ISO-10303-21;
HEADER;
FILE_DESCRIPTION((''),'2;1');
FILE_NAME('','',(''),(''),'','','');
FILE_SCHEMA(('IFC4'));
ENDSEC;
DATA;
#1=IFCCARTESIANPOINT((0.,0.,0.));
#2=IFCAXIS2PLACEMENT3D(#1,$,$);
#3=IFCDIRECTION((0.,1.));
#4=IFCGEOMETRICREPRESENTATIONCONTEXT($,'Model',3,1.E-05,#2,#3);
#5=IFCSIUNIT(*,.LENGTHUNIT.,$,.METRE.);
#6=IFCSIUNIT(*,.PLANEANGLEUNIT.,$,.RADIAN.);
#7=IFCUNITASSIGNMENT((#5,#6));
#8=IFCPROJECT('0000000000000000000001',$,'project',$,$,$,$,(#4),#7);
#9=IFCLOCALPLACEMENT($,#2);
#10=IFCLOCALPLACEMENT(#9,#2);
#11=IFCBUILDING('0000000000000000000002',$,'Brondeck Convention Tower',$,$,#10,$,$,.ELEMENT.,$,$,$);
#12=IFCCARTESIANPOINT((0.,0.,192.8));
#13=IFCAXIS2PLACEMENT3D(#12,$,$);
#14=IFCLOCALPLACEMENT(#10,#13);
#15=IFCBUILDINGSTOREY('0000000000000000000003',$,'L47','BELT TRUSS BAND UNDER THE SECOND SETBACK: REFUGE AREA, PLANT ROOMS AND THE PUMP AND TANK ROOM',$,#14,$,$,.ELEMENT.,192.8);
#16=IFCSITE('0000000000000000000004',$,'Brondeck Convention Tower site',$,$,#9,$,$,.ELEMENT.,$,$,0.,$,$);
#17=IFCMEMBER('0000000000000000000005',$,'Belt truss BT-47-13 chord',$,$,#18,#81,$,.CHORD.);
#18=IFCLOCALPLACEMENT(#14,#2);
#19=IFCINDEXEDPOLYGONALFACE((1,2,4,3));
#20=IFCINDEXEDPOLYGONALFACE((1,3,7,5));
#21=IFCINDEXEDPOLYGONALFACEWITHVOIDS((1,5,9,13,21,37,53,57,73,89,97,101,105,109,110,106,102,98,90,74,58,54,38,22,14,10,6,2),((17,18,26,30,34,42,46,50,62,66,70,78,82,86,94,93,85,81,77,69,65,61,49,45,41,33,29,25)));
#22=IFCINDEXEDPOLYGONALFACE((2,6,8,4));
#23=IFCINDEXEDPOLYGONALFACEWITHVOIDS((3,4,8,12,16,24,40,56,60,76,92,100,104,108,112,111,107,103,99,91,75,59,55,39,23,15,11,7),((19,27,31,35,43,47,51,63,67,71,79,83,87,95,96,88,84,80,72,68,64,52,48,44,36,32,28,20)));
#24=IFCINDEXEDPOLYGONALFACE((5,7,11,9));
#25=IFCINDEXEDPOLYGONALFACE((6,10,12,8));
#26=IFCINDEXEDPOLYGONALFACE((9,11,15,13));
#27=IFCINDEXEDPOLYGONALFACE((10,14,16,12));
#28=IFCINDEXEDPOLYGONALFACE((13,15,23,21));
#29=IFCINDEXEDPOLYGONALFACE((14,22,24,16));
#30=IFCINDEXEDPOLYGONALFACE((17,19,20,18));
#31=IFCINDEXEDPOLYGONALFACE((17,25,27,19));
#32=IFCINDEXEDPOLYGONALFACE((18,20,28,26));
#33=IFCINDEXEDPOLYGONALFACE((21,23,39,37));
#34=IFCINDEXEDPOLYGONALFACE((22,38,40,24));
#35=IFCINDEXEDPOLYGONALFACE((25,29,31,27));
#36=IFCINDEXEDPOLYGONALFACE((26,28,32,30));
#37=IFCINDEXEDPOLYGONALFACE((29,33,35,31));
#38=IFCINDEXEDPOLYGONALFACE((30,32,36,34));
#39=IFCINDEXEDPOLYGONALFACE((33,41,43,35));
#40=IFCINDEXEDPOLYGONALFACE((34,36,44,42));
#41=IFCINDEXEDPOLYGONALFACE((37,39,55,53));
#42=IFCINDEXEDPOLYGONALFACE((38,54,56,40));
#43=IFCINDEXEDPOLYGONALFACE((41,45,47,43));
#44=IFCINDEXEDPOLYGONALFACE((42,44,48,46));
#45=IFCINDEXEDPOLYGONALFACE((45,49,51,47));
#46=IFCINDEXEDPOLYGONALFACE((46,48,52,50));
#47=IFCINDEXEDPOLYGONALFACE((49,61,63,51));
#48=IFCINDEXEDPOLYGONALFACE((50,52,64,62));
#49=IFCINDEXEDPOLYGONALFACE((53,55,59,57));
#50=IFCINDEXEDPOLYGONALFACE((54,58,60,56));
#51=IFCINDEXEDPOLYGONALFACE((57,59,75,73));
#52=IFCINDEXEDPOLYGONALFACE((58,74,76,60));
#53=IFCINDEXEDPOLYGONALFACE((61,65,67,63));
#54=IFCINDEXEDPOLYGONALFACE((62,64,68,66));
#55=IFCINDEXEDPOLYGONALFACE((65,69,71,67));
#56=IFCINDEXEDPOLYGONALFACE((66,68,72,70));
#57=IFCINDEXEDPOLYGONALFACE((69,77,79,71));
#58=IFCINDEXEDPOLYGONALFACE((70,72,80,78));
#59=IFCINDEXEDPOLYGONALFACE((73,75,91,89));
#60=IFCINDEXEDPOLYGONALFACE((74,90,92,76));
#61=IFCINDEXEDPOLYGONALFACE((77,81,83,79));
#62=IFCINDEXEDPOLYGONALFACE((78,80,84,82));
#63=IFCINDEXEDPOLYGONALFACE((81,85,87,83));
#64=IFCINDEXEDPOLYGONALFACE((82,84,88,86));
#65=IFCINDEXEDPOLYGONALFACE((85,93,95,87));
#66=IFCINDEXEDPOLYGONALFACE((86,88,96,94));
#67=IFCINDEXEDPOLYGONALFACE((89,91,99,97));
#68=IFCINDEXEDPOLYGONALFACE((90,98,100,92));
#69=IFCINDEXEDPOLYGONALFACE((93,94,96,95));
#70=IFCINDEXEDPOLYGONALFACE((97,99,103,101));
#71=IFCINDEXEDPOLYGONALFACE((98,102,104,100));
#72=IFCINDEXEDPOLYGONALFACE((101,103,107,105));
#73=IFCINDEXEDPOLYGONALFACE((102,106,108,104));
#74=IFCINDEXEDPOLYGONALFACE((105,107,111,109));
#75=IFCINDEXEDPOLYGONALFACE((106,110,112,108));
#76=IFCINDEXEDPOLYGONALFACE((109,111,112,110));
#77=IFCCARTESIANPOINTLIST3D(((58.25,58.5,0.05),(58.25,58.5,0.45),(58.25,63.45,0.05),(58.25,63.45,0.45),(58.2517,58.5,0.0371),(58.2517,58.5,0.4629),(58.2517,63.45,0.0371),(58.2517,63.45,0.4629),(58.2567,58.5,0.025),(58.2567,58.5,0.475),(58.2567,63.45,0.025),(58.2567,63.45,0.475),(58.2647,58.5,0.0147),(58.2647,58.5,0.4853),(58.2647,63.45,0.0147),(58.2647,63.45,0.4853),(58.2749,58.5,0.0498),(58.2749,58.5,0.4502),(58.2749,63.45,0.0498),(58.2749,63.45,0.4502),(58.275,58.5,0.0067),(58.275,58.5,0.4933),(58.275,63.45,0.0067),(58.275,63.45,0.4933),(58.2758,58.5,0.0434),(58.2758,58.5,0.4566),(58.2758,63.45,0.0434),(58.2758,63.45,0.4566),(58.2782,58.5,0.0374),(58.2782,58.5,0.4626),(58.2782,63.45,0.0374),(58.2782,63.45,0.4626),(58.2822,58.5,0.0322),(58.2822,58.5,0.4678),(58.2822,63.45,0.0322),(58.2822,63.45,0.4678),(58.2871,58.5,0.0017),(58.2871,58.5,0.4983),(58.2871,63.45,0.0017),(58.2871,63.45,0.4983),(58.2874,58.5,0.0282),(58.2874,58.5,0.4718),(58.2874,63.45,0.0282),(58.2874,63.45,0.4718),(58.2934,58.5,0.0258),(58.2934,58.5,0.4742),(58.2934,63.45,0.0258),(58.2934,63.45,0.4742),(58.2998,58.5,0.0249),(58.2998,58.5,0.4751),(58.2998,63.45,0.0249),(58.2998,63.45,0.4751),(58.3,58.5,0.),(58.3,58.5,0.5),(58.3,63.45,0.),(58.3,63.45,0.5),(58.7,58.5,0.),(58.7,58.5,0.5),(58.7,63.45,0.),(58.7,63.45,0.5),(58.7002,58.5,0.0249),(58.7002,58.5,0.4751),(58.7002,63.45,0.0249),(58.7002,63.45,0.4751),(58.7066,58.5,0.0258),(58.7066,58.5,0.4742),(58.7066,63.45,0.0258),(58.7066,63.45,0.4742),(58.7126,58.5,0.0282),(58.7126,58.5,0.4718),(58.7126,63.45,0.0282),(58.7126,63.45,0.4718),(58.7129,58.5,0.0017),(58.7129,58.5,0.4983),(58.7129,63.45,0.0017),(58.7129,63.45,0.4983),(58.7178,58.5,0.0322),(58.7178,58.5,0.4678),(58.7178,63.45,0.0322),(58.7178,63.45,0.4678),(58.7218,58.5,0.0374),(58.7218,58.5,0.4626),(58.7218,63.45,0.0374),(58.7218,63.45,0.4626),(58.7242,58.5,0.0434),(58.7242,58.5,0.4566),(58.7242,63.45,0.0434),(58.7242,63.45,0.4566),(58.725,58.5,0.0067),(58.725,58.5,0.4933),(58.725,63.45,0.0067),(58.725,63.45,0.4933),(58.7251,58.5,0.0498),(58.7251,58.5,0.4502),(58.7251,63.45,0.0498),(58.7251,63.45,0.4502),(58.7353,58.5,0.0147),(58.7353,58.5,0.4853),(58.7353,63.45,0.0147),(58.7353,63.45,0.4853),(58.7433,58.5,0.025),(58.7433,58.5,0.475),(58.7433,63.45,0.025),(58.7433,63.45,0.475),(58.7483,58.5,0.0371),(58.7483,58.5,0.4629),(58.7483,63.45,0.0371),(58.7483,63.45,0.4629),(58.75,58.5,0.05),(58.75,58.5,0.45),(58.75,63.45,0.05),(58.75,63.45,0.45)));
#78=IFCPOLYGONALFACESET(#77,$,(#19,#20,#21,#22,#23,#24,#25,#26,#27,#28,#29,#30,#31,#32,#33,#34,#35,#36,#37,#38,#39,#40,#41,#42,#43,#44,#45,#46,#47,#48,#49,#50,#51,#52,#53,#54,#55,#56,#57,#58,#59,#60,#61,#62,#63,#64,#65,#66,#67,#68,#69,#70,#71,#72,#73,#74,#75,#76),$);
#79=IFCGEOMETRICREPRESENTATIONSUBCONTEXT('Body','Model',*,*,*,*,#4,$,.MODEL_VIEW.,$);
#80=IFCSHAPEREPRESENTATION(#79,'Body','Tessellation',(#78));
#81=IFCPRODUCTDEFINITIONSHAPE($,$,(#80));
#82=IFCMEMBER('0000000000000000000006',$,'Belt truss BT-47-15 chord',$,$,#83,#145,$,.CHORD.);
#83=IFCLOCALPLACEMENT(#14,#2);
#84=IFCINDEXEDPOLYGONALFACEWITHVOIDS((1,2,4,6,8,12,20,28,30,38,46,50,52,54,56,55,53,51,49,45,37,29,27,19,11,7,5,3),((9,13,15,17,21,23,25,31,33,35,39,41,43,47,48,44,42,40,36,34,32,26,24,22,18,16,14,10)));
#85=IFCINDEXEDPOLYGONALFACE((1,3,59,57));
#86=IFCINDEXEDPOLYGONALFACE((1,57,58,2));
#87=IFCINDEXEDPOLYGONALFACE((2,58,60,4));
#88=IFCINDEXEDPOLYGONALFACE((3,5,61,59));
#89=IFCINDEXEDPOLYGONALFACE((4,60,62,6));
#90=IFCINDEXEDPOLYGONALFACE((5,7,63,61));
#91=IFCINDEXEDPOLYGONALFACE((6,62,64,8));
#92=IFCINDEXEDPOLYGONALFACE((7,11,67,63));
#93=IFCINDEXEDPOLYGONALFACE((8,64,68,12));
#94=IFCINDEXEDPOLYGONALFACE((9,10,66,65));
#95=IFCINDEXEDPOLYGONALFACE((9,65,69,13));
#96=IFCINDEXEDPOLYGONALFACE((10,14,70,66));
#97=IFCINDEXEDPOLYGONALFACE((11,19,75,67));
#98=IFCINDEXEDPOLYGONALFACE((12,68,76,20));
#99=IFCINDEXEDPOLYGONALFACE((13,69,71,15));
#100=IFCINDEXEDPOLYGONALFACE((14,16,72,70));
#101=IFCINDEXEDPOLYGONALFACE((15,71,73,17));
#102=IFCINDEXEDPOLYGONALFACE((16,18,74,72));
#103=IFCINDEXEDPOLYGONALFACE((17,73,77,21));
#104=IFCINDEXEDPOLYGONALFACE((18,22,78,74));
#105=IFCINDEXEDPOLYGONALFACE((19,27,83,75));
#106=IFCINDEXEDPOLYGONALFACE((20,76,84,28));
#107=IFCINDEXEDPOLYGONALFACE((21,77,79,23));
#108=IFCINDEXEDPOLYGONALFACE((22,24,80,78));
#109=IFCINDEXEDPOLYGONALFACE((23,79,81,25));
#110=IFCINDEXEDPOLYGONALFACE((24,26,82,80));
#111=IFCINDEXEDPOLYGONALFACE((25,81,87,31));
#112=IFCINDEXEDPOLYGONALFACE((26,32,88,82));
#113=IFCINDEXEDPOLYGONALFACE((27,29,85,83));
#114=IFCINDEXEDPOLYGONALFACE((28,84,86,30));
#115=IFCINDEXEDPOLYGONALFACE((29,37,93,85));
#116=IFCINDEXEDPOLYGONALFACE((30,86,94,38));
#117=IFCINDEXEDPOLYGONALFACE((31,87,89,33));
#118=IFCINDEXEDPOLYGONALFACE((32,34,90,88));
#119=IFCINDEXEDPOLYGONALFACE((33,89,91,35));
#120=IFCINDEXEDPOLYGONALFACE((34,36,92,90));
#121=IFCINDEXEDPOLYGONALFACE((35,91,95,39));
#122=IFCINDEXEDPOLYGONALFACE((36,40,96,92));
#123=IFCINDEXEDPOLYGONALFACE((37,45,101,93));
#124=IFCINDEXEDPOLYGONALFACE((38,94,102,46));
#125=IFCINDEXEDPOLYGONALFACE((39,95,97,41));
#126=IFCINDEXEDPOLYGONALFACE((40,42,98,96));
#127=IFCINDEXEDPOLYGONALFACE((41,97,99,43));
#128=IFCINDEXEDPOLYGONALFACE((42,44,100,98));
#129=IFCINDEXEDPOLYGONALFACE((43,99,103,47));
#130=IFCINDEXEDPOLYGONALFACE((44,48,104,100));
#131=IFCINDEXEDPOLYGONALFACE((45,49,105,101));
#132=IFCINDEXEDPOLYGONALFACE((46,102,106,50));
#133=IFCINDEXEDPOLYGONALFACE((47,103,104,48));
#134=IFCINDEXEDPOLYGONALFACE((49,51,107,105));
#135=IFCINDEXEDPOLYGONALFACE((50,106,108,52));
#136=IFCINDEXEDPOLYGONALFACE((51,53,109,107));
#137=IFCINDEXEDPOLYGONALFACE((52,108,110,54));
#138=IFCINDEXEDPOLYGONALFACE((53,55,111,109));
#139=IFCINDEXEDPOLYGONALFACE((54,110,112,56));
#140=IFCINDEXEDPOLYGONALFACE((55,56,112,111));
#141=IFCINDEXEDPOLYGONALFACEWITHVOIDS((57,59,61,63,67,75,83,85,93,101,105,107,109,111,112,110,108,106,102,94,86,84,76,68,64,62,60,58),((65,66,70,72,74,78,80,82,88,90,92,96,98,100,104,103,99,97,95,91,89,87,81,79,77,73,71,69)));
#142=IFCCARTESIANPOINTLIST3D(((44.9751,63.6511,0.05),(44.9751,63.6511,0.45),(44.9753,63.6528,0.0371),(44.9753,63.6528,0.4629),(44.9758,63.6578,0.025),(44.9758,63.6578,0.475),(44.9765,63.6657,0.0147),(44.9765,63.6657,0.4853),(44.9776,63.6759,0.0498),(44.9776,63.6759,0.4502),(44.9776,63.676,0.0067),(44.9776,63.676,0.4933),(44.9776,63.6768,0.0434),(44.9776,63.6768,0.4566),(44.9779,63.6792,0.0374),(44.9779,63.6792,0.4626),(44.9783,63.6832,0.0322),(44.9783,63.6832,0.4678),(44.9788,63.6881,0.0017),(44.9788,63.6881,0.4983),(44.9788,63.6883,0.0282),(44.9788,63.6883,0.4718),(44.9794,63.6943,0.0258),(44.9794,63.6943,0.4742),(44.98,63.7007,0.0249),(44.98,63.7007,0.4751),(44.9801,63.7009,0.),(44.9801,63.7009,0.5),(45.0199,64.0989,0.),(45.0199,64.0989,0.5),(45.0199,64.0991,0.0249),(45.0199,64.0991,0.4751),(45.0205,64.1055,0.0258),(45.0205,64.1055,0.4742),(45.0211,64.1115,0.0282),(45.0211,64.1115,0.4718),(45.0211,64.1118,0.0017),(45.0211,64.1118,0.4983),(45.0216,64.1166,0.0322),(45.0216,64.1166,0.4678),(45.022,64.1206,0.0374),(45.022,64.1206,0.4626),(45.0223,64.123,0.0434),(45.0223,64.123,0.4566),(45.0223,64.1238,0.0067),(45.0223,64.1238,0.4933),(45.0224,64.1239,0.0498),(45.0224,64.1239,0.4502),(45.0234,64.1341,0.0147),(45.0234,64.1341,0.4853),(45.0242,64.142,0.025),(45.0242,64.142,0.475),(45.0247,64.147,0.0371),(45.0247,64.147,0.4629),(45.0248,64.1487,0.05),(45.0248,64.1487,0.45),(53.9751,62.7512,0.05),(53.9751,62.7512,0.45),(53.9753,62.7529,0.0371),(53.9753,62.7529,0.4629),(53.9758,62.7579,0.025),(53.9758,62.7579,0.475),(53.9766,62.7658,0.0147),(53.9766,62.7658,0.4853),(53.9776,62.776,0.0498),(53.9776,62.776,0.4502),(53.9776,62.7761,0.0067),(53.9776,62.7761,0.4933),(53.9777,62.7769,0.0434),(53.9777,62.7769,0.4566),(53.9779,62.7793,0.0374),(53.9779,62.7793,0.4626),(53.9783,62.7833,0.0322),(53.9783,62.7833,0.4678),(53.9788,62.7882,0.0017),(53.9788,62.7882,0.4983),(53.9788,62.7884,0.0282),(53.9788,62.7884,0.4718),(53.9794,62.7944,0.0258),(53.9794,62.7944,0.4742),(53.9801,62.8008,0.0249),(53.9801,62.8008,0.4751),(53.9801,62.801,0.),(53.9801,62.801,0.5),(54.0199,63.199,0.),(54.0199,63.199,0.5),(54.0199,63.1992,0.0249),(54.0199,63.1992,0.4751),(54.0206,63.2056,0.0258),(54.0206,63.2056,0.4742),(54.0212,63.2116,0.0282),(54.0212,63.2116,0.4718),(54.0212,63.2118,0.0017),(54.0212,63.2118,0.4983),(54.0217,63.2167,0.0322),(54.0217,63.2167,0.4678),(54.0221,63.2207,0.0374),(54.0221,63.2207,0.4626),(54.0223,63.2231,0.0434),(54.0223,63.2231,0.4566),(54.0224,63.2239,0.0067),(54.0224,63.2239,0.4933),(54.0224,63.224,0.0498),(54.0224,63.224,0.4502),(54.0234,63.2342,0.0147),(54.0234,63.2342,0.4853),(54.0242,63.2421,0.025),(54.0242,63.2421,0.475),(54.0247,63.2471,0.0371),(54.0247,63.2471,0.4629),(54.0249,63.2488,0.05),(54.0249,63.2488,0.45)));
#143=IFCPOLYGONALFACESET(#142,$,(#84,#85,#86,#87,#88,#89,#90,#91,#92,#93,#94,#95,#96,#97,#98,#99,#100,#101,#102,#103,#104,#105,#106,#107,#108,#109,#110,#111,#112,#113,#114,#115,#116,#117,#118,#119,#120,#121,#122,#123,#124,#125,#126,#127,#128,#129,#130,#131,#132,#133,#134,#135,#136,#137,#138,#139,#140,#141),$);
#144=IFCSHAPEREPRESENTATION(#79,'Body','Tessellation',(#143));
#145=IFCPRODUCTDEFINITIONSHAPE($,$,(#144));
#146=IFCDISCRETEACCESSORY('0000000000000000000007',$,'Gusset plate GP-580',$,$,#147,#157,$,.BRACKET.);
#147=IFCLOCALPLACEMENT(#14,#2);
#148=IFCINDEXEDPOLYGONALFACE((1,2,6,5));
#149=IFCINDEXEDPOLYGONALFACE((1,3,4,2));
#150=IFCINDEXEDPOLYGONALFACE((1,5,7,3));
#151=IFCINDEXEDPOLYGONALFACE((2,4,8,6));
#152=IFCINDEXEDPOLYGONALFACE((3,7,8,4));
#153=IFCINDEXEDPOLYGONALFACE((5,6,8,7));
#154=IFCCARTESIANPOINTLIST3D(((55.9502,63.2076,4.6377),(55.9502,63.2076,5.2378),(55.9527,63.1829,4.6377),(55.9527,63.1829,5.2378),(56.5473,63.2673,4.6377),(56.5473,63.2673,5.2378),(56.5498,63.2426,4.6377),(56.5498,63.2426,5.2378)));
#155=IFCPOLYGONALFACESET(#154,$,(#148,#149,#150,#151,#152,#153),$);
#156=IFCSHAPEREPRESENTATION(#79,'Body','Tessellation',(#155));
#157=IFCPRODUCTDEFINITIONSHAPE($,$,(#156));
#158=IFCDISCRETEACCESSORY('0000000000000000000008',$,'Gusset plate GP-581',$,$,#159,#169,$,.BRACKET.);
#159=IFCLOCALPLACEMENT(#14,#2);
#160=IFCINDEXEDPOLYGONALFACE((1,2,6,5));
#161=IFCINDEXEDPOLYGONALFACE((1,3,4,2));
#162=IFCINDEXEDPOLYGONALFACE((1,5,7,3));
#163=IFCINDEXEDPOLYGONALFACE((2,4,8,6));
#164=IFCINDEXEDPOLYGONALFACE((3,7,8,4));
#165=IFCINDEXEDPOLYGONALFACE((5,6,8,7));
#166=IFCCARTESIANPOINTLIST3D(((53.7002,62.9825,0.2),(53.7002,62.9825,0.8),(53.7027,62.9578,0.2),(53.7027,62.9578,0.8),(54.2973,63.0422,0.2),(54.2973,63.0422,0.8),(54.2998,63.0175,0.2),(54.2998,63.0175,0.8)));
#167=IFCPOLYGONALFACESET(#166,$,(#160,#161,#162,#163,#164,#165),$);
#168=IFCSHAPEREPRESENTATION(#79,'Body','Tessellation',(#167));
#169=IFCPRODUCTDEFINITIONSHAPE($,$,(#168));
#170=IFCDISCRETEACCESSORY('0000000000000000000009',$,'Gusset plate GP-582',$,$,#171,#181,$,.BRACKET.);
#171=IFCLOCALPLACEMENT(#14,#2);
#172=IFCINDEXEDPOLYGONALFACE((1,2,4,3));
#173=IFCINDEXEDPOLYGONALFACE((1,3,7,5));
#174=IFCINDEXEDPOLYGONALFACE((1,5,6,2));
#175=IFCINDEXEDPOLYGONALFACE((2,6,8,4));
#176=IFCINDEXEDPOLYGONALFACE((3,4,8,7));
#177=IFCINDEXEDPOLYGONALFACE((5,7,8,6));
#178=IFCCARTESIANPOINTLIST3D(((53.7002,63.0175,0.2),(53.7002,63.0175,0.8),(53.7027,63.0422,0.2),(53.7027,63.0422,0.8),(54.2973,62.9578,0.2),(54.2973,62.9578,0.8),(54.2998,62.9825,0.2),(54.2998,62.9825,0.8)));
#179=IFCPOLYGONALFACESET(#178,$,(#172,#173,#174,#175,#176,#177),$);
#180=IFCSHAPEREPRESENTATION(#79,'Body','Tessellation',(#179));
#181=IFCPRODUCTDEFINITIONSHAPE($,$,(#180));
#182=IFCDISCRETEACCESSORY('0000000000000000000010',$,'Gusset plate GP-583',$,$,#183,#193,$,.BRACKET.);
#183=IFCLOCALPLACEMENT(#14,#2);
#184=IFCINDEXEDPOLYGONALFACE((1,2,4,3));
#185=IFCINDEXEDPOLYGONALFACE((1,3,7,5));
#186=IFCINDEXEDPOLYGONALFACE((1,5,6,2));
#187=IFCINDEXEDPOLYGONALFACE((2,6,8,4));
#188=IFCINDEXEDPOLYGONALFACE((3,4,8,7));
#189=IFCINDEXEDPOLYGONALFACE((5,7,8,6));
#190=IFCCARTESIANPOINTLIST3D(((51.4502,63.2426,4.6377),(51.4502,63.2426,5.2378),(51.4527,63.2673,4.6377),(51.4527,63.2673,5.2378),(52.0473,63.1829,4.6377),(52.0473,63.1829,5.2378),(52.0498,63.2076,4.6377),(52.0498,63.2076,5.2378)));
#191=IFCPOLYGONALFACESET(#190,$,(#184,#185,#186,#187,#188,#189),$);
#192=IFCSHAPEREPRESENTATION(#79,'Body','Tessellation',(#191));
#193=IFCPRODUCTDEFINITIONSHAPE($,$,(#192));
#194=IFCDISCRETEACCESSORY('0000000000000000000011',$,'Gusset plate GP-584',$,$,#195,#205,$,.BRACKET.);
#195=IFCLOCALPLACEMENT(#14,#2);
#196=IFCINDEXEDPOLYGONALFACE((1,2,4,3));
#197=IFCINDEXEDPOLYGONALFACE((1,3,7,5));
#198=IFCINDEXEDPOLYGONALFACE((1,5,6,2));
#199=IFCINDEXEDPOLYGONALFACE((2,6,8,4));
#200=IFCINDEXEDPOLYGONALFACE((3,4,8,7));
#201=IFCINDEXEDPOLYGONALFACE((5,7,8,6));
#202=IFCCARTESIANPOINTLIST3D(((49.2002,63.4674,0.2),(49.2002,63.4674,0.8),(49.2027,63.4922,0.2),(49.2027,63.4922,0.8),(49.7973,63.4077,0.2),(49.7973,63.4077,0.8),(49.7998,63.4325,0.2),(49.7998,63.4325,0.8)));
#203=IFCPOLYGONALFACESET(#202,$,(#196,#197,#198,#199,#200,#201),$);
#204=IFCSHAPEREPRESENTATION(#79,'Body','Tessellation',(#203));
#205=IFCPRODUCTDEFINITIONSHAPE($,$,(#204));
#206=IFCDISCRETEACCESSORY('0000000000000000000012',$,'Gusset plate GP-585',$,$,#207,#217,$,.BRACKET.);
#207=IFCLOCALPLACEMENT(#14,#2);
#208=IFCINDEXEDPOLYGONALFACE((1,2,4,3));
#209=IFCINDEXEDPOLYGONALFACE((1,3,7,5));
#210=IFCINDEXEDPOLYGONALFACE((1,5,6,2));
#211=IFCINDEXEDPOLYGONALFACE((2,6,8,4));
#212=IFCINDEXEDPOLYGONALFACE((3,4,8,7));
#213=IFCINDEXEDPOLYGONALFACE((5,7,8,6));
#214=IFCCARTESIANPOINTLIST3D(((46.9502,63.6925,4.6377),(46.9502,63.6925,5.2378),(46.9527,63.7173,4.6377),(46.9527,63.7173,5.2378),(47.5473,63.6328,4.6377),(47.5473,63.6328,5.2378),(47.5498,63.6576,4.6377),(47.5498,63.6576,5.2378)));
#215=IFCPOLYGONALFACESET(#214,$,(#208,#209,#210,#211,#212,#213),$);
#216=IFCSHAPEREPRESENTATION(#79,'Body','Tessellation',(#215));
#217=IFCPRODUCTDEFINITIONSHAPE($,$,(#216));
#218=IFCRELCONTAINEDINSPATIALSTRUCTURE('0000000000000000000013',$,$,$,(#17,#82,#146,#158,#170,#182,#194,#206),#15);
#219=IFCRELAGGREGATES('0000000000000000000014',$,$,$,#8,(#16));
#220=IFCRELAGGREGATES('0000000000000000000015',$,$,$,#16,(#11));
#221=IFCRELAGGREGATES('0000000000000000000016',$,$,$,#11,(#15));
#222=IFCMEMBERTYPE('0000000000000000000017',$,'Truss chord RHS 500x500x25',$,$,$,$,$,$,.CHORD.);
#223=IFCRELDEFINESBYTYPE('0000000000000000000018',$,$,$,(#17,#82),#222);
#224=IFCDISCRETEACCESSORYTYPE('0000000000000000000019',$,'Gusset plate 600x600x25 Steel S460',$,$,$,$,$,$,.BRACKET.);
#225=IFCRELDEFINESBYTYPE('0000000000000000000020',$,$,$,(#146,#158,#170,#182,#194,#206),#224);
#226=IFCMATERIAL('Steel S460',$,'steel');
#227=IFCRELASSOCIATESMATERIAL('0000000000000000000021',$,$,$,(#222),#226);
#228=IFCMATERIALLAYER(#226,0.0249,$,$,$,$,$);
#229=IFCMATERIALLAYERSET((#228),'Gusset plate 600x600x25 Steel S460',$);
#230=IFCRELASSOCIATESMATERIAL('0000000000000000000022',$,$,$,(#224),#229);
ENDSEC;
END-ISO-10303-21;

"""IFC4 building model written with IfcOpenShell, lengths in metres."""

from ifc_helpers import new_model, si_unit, direction, frame, origin, origin_2d, place, context, subcontext, project, spatial, rectangle, hollow_rectangle, extrude, material, layer, layer_set, material_profile, profile_set, type_object, element, save


model = new_model("IFC4")

# Units and contexts
model_context = context("Model", 3, precision=1e-05, world=origin(), true_north=direction((0.0, 1.0)))
body_context = subcontext(model_context, "Body", "Model", "MODEL_VIEW")
ifc_project = project(units=[si_unit("LENGTHUNIT", "METRE"), si_unit("PLANEANGLEUNIT", "RADIAN")], contexts=[model_context])

# Site, building, storey
site_placement = place(None, origin())
site = spatial("IfcSite", under=ifc_project, at=site_placement, Name="Brondeck Convention Tower site", CompositionType="ELEMENT", RefElevation=0.0)
building_placement = place(site_placement, origin())
building = spatial("IfcBuilding", under=site, at=building_placement, Name="Brondeck Convention Tower", CompositionType="ELEMENT")
storey_placement = place(building_placement, frame((0.0, 0.0, 192.8)))
storey = spatial("IfcBuildingStorey", under=building, at=storey_placement, Name="L47", Description="BELT TRUSS BAND UNDER THE SECOND SETBACK: REFUGE AREA, PLANT ROOMS AND THE PUMP AND TANK ROOM", CompositionType="ELEMENT", Elevation=192.8)

# Shared definitions
ifc_material_1 = material(Name="Steel S460", Category="steel")

# Members
ifc_material_profile_1 = material_profile(ifc_material_1, hollow_rectangle(XDim=0.5, YDim=0.5, WallThickness=0.0249, InnerFilletRadius=0.0249, OuterFilletRadius=0.05, at=origin_2d()), Name="RHS 500x500x25")
ifc_profile_set_1 = profile_set([ifc_material_profile_1], Name="Steel S460")
member_type_1 = type_object("IfcMemberType", Name="Truss chord RHS 500x500x25", PredefinedType="CHORD", material=ifc_profile_set_1)
member_1_placement = place(storey_placement, frame((58.5, 58.5, 0.25), z_axis=(0.0, 1.0, 0.0), x_axis=(-1.0, 0.0, 0.0)))
element("IfcMember", 1, at=member_1_placement, inside=storey, type_object=member_type_1, Name="Belt truss BT-47-13 chord", PredefinedType="CHORD", context=body_context, shape_type="SweptSolid", body=[
    extrude(hollow_rectangle(XDim=0.5, YDim=0.5, WallThickness=0.0249, InnerFilletRadius=0.0249, OuterFilletRadius=0.05, at=origin_2d()), origin(), (0.0, 0.0, 1.0), 4.95),
])
member_2_placement = place(storey_placement, frame((54.0, 63.0, 0.25), z_axis=(-0.995038, 0.099493, 0.0), x_axis=(-0.099493, -0.995038, 0.0)))
element("IfcMember", 2, at=member_2_placement, inside=storey, type_object=member_type_1, Name="Belt truss BT-47-15 chord", PredefinedType="CHORD", context=body_context, shape_type="SweptSolid", body=[
    extrude(hollow_rectangle(XDim=0.5, YDim=0.5, WallThickness=0.0249, InnerFilletRadius=0.0249, OuterFilletRadius=0.05, at=origin_2d()), origin(), (0.0, 0.0, 1.0), 9.0449),
])

# Discrete accessories
ifc_layer = layer(ifc_material_1, 0.0249)
ifc_layer_set = layer_set([ifc_layer], Name="Gusset plate 600x600x25 Steel S460")
discrete_accessory_type = type_object("IfcDiscreteAccessoryType", Name="Gusset plate 600x600x25 Steel S460", PredefinedType="BRACKET", material=ifc_layer_set)
for number, where, z_axis, x_axis, name in (
    (3, (56.25, 63.2251, 4.6377), (0.0, 0.0, 1.0), (0.995036, 0.099511, 0.0), "Gusset plate GP-580"),
    (4, (54.0, 63.0, 0.2), (0.0, 0.0, 1.0), (0.995036, 0.099511, 0.0), "Gusset plate GP-581"),
    (5, (54.0, 63.0, 0.2), (0.0, 0.0, 1.0), (-0.995036, 0.099511, 0.0), "Gusset plate GP-582"),
    (6, (51.75, 63.2251, 4.6377), (0.0, 0.0, 1.0), (-0.995036, 0.099511, 0.0), "Gusset plate GP-583"),
    (7, (49.5, 63.45, 0.2), (0.0, 0.0, 1.0), (-0.995036, 0.099511, 0.0), "Gusset plate GP-584"),
    (8, (47.25, 63.675, 4.6377), (0.0, 0.0, 1.0), (-0.995036, 0.099511, 0.0), "Gusset plate GP-585"),
):
    element("IfcDiscreteAccessory", number, at=place(storey_placement, frame(where, z_axis=z_axis, x_axis=x_axis)), inside=storey, type_object=discrete_accessory_type, Name=name, PredefinedType="BRACKET", context=body_context, shape_type="SweptSolid", body=[
        extrude(rectangle(XDim=0.6001, YDim=0.0249, at=origin_2d()), origin(), (0.0, 0.0, 1.0), 0.6001),
    ])

save(model, "model.ifc")
